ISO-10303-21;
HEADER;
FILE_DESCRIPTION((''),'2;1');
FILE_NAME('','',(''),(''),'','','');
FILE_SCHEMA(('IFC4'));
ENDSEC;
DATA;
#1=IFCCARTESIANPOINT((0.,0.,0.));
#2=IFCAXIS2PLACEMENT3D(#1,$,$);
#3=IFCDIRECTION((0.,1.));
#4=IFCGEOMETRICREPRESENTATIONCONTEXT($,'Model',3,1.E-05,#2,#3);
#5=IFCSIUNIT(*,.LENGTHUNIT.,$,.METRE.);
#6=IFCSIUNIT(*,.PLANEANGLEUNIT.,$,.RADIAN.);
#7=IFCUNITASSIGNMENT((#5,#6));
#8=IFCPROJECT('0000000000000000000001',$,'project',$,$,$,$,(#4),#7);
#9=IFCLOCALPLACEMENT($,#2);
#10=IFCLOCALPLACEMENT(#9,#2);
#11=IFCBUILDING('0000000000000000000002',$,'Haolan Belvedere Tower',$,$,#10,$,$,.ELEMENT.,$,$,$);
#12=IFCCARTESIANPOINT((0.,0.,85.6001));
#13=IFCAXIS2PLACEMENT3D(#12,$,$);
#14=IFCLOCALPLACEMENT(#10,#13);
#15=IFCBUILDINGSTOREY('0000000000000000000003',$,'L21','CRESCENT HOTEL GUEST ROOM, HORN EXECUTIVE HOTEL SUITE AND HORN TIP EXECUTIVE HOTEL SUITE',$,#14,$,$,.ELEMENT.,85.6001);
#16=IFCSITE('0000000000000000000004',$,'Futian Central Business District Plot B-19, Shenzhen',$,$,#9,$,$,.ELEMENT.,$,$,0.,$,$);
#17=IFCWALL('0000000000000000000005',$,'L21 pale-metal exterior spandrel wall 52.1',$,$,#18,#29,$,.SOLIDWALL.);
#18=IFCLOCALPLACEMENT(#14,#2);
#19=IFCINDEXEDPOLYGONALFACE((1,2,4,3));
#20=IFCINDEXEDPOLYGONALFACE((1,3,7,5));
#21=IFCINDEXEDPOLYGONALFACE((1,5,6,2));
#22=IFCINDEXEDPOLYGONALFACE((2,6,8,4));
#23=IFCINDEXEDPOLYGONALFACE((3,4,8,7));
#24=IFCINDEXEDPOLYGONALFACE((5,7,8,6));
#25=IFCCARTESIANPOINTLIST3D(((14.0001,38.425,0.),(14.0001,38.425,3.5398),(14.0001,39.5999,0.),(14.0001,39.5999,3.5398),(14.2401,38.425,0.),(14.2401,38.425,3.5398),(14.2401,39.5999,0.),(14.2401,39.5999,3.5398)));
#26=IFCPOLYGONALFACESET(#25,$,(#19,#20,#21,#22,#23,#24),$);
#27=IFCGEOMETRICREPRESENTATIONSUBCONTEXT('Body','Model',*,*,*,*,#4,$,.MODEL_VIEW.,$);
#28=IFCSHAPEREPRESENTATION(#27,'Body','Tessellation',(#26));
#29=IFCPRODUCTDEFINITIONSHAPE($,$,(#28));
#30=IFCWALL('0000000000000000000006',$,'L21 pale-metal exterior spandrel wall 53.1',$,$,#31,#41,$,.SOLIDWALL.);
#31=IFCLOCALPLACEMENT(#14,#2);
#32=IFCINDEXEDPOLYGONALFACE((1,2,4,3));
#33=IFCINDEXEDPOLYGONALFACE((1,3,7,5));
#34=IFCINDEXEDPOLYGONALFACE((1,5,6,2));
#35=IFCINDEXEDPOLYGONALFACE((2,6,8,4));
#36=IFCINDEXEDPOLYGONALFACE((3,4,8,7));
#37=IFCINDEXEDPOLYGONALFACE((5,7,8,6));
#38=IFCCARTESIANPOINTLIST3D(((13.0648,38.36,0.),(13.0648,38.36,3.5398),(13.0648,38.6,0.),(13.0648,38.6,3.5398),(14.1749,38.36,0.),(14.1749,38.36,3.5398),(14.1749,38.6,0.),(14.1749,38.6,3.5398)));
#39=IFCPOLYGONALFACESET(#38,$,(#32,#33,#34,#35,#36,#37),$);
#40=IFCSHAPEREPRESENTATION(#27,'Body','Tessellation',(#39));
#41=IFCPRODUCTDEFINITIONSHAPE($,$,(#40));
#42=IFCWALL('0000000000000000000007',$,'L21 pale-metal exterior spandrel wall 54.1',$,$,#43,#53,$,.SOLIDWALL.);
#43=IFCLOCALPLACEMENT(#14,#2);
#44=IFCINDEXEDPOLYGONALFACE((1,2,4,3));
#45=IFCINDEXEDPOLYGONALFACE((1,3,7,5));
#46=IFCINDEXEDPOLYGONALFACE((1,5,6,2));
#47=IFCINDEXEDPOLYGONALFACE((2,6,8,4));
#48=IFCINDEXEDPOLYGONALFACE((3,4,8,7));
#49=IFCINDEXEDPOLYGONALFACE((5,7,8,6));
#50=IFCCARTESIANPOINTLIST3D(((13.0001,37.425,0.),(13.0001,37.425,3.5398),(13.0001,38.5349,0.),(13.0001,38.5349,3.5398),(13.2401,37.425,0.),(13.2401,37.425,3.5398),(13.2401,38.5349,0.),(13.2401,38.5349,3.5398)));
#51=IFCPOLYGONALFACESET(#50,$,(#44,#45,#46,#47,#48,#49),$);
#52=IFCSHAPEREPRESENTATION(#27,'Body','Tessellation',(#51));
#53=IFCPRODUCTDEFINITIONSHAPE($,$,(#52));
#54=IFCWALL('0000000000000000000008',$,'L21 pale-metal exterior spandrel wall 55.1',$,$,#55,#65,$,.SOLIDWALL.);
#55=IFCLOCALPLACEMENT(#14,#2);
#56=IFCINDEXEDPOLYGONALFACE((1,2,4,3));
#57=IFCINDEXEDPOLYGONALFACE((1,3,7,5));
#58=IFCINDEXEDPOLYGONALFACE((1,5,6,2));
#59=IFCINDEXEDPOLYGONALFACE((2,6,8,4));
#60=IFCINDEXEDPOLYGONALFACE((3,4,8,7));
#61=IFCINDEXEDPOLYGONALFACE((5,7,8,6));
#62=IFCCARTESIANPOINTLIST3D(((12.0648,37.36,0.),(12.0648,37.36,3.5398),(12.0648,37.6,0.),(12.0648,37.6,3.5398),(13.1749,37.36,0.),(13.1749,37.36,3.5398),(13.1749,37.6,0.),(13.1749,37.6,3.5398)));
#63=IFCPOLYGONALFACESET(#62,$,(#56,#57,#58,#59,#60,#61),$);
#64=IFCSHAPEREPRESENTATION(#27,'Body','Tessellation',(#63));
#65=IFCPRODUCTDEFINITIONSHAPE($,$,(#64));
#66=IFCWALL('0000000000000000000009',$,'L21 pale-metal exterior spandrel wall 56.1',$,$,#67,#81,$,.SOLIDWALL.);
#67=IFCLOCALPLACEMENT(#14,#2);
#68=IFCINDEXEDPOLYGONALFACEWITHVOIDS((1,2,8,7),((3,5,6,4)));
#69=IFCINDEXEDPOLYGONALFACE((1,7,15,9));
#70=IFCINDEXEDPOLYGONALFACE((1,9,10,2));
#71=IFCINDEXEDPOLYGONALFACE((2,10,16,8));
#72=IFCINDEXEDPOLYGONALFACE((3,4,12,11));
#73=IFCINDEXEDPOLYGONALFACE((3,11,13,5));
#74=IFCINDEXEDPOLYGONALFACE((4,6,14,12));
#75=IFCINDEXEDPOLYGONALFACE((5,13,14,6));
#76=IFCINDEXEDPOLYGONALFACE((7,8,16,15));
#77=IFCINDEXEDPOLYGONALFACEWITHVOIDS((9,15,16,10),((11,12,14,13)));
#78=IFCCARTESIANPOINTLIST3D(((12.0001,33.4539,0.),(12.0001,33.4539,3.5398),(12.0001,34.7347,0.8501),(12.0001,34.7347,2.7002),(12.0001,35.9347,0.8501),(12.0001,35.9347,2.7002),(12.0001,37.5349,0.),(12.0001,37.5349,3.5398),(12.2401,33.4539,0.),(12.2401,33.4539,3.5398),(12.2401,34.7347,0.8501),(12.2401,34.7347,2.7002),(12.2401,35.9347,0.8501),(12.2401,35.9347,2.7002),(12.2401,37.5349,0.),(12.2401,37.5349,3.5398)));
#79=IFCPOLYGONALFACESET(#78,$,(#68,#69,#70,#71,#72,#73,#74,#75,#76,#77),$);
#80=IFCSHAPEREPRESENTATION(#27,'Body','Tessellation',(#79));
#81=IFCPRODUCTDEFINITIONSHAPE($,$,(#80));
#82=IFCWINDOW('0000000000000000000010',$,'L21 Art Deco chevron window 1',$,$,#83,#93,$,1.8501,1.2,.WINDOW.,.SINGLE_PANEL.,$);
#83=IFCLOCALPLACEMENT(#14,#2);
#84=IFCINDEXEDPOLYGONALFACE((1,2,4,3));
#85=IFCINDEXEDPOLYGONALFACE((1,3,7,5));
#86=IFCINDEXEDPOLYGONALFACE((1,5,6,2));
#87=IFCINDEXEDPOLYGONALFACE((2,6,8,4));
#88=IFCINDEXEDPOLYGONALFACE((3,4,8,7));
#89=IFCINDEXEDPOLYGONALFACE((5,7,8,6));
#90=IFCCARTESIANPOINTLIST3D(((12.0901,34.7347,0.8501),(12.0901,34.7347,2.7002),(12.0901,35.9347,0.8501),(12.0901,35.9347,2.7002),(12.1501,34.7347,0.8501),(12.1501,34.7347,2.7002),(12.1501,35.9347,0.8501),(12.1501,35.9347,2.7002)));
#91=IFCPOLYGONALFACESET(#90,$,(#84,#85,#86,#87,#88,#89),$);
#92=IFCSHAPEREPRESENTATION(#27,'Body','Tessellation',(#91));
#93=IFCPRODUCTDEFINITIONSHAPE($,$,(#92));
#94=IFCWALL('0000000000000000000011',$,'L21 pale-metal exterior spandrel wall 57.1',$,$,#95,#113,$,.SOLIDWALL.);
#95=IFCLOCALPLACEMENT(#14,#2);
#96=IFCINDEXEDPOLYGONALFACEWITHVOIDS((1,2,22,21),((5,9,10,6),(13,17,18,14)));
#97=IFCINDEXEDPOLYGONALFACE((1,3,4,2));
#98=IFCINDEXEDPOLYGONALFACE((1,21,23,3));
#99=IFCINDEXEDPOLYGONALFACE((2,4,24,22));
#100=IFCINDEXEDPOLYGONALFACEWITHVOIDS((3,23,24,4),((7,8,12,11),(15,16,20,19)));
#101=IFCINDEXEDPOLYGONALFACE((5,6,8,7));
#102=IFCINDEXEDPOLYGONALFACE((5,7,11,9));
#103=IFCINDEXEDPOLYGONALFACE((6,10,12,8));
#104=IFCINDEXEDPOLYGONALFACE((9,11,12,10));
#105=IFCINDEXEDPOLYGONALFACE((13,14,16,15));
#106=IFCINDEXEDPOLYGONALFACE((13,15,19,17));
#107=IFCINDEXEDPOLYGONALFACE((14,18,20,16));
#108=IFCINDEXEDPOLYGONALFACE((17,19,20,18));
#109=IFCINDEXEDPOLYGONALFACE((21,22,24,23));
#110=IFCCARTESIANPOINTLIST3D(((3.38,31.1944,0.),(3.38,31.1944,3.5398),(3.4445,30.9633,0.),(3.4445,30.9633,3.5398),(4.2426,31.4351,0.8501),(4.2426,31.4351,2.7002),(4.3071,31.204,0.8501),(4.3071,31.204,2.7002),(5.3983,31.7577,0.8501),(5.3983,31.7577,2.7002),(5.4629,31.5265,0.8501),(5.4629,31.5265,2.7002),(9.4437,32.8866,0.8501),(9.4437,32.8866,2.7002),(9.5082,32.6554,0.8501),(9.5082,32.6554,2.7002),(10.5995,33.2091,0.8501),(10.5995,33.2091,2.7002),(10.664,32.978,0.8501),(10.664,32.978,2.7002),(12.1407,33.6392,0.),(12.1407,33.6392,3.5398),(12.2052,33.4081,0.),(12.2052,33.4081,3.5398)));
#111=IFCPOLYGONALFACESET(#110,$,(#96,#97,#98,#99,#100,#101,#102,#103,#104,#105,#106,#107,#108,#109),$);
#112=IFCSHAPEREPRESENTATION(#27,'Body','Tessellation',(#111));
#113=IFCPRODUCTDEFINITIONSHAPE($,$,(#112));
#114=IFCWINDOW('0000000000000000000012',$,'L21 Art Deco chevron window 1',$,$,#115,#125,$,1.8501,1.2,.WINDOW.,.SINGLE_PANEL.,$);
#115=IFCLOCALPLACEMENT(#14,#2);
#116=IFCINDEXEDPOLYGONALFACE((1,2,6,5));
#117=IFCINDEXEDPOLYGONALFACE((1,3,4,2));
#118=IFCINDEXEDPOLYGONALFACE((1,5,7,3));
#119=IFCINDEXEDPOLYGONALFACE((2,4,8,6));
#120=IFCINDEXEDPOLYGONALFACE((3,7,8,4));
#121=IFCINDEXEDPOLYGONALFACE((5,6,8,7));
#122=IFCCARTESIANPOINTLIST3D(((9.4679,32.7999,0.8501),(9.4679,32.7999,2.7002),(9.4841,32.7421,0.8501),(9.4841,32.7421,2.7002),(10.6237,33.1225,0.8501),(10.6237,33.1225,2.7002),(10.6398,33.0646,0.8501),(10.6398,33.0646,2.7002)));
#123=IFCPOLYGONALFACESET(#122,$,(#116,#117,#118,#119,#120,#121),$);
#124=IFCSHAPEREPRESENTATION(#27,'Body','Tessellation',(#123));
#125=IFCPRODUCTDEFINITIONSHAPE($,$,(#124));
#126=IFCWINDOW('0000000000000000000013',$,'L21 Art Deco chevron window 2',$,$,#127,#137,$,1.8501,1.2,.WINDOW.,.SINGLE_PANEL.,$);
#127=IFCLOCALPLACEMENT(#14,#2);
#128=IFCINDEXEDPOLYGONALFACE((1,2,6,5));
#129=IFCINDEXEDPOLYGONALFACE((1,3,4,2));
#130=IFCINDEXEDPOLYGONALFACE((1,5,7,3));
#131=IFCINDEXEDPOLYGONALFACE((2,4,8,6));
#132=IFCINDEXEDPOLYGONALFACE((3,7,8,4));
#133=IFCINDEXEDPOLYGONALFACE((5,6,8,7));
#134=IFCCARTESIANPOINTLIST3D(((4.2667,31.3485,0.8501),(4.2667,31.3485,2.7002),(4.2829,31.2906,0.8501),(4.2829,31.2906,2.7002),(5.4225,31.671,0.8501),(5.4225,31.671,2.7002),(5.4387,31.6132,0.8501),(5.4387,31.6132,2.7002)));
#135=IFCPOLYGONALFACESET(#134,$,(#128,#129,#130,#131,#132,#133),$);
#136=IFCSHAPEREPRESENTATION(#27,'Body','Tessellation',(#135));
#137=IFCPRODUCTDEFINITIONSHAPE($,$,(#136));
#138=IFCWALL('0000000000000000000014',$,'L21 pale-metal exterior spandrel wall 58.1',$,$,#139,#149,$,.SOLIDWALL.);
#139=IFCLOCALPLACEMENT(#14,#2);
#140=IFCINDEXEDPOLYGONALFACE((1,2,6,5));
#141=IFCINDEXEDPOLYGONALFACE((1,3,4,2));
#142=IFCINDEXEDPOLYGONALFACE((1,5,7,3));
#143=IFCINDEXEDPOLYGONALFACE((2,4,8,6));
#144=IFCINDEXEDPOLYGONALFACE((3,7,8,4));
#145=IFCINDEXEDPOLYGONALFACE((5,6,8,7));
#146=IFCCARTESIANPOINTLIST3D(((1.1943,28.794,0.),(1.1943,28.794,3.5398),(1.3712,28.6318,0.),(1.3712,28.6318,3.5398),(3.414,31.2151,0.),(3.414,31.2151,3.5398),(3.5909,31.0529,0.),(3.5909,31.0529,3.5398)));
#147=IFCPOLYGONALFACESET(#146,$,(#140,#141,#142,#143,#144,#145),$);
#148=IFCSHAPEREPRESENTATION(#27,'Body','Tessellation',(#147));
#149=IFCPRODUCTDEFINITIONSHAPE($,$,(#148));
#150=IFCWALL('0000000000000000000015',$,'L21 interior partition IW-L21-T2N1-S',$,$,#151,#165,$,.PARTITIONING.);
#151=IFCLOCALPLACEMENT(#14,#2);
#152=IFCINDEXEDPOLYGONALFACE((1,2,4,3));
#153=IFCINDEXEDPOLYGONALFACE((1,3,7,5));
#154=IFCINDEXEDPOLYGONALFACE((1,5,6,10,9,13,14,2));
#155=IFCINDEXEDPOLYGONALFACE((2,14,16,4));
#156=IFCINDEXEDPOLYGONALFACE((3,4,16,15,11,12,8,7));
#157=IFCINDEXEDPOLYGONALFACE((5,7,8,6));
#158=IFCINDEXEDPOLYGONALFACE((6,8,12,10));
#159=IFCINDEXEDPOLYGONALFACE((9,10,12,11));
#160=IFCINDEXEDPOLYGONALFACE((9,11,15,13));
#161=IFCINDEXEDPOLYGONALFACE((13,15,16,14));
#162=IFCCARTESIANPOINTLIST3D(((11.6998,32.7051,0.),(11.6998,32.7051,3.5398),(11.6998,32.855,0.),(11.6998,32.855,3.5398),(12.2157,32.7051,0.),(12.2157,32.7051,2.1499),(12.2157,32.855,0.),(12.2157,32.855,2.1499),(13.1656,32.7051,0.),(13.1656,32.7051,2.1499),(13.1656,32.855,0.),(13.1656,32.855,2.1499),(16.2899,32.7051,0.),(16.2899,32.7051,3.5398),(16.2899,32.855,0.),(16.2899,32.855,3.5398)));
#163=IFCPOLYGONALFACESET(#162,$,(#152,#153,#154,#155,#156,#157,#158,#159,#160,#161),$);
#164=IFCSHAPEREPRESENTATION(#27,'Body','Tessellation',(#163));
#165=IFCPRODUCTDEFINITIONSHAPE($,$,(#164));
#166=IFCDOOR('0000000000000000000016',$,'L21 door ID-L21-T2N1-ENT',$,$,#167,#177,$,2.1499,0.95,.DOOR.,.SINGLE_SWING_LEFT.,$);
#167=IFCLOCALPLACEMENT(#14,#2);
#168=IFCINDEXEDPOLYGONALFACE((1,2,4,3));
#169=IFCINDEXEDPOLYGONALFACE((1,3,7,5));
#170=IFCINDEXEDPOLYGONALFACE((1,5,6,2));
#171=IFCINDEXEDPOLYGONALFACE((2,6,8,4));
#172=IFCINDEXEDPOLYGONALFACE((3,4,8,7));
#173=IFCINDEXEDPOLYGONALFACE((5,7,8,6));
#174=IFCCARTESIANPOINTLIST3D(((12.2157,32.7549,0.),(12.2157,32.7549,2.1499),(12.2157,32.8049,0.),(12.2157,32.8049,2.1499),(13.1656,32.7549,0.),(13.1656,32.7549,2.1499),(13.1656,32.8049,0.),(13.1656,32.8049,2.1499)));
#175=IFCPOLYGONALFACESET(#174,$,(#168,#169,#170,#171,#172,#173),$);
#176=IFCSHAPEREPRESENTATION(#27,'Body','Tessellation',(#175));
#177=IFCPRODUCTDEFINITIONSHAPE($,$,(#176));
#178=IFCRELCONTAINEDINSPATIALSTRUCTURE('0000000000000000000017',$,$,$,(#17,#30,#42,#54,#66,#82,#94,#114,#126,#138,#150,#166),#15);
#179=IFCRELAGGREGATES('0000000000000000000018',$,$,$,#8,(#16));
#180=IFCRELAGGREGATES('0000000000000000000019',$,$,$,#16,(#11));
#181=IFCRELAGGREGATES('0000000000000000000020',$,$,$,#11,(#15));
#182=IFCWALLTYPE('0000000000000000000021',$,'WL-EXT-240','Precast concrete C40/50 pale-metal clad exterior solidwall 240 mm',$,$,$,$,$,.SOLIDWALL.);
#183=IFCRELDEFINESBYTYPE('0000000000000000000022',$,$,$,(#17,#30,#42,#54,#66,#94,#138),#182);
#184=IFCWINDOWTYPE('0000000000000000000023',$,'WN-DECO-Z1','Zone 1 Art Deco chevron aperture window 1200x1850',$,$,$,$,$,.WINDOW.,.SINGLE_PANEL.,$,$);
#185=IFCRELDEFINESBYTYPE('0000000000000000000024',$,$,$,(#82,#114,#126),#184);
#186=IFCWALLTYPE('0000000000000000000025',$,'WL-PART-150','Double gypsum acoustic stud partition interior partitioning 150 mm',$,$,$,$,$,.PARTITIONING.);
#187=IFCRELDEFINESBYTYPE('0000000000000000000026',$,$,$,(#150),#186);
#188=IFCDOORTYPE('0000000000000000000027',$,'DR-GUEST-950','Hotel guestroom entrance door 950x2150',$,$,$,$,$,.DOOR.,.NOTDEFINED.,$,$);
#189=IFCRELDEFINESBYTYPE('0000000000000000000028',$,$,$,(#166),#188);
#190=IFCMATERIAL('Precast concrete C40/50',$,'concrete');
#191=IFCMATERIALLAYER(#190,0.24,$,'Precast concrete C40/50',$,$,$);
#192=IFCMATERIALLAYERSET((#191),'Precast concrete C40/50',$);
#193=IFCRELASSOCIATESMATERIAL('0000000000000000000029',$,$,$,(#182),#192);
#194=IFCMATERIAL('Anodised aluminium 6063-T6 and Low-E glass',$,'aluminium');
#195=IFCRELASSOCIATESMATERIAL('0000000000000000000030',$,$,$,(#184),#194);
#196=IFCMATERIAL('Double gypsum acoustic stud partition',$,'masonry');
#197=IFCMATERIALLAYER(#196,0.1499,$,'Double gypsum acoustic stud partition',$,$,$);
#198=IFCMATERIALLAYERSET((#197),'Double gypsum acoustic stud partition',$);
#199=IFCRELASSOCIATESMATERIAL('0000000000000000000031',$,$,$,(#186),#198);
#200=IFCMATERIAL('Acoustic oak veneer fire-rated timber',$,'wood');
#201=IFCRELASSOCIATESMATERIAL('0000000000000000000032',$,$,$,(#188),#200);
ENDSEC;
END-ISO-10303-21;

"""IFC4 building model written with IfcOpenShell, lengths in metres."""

from ifc_helpers import new_model, si_unit, direction, frame, frame_2d, origin, place, context, subcontext, project, spatial, rectangle, extrude, material, layer, layer_set, type_object, element, fill, save


model = new_model("IFC4")

# Units and contexts
model_context = context("Model", 3, precision=1e-05, world=origin(), true_north=direction((0.0, 1.0)))
body_context = subcontext(model_context, "Body", "Model", "MODEL_VIEW")
ifc_project = project(units=[si_unit("LENGTHUNIT", "METRE"), si_unit("PLANEANGLEUNIT", "RADIAN")], contexts=[model_context])

# Site, building, storey
site_placement = place(None, origin())
site = spatial("IfcSite", under=ifc_project, at=site_placement, Name="Futian Central Business District Plot B-19, Shenzhen", CompositionType="ELEMENT", RefElevation=0.0)
building_placement = place(site_placement, origin())
building = spatial("IfcBuilding", under=site, at=building_placement, Name="Haolan Belvedere Tower", CompositionType="ELEMENT")
storey_placement = place(building_placement, frame((0.0, 0.0, 85.6001)))
storey = spatial("IfcBuildingStorey", under=building, at=storey_placement, Name="L21", Description="CRESCENT HOTEL GUEST ROOM, HORN EXECUTIVE HOTEL SUITE AND HORN TIP EXECUTIVE HOTEL SUITE", CompositionType="ELEMENT", Elevation=85.6001)

# Walls
ifc_material_1 = material(Name="Precast concrete C40/50", Category="concrete")
ifc_layer_1 = layer(ifc_material_1, 0.24, Name="Precast concrete C40/50")
ifc_layer_set_1 = layer_set([ifc_layer_1], Name="Precast concrete C40/50")
wall_type_1 = type_object("IfcWallType", Name="WL-EXT-240", Description="Precast concrete C40/50 pale-metal clad exterior solidwall 240 mm", PredefinedType="SOLIDWALL", material=ifc_layer_set_1)
wall_1_placement = place(storey_placement, frame((14.1201, 39.5999, 0.0), z_axis=(0.0, 0.0, 1.0), x_axis=(0.0, -1.0, 0.0)))
element("IfcWall", 1, at=wall_1_placement, inside=storey, type_object=wall_type_1, Name="L21 pale-metal exterior spandrel wall 52.1", PredefinedType="SOLIDWALL", context=body_context, shape_type="SweptSolid", body=[
    extrude(rectangle(XDim=1.1748, YDim=0.24, at=frame_2d((0.5874, 0.0))), origin(), (0.0, 0.0, 1.0), 3.5398),
])
wall_2_placement = place(storey_placement, frame((14.175, 38.48, 0.0), z_axis=(0.0, 0.0, 1.0), x_axis=(-1.0, 0.0, 0.0)))
element("IfcWall", 2, at=wall_2_placement, inside=storey, type_object=wall_type_1, Name="L21 pale-metal exterior spandrel wall 53.1", PredefinedType="SOLIDWALL", context=body_context, shape_type="SweptSolid", body=[
    extrude(rectangle(XDim=1.1101, YDim=0.24, at=frame_2d((0.5552, 0.0))), origin(), (0.0, 0.0, 1.0), 3.5398),
])
wall_3_placement = place(storey_placement, frame((13.1201, 38.5349, 0.0), z_axis=(0.0, 0.0, 1.0), x_axis=(0.0, -1.0, 0.0)))
element("IfcWall", 3, at=wall_3_placement, inside=storey, type_object=wall_type_1, Name="L21 pale-metal exterior spandrel wall 54.1", PredefinedType="SOLIDWALL", context=body_context, shape_type="SweptSolid", body=[
    extrude(rectangle(XDim=1.1099, YDim=0.24, at=frame_2d((0.5549, 0.0))), origin(), (0.0, 0.0, 1.0), 3.5398),
])
wall_4_placement = place(storey_placement, frame((13.175, 37.48, 0.0), z_axis=(0.0, 0.0, 1.0), x_axis=(-1.0, 0.0, 0.0)))
element("IfcWall", 4, at=wall_4_placement, inside=storey, type_object=wall_type_1, Name="L21 pale-metal exterior spandrel wall 55.1", PredefinedType="SOLIDWALL", context=body_context, shape_type="SweptSolid", body=[
    extrude(rectangle(XDim=1.1101, YDim=0.24, at=frame_2d((0.5552, 0.0))), origin(), (0.0, 0.0, 1.0), 3.5398),
])

# Wall, opening, window
wall_5_placement = place(storey_placement, frame((12.1201, 37.5349, 0.0), z_axis=(0.0, 0.0, 1.0), x_axis=(0.0, -1.0, 0.0)))
wall_5 = element("IfcWall", 5, at=wall_5_placement, inside=storey, type_object=wall_type_1, Name="L21 pale-metal exterior spandrel wall 56.1", PredefinedType="SOLIDWALL", context=body_context, shape_type="SweptSolid", body=[
    extrude(rectangle(XDim=4.0811, YDim=0.24, at=frame_2d((2.0405, 0.0))), origin(), (0.0, 0.0, 1.0), 3.5398),
])
opening_1_placement = place(wall_5_placement, frame((1.6001, 0.0, 0.8501)))
opening_1 = element("IfcOpeningElement", 6, at=opening_1_placement, cuts=wall_5, PredefinedType="OPENING", context=body_context, shape_type="SweptSolid", body=[
    extrude(rectangle(XDim=1.2, YDim=1.8501, at=frame_2d((0.6001, 0.925))), frame((0.0, 0.1299, 0.0), z_axis=(0.0, -1.0, 0.0), x_axis=(1.0, 0.0, 0.0)), (0.0, 0.0, 1.0), 0.26),
])
ifc_material_2 = material(Name="Anodised aluminium 6063-T6 and Low-E glass", Category="aluminium")
window_type = type_object("IfcWindowType", Name="WN-DECO-Z1", Description="Zone 1 Art Deco chevron aperture window 1200x1850", PartitioningType="SINGLE_PANEL", PredefinedType="WINDOW", material=ifc_material_2)
window_1_placement = place(opening_1_placement, origin())
window_1 = element("IfcWindow", 7, at=window_1_placement, inside=storey, type_object=window_type, Name="L21 Art Deco chevron window 1", OverallHeight=1.8501, OverallWidth=1.2, PartitioningType="SINGLE_PANEL", PredefinedType="WINDOW", context=body_context, shape_type="SweptSolid", body=[
    extrude(rectangle(XDim=1.2, YDim=1.8501, at=frame_2d((0.6001, 0.925))), frame((0.0, 0.03, 0.0), z_axis=(0.0, -1.0, 0.0), x_axis=(1.0, 0.0, 0.0)), (0.0, 0.0, 1.0), 0.0601),
])
fill(opening_1, window_1)

# Wall, openings, windows
wall_6_placement = place(storey_placement, frame((12.1731, 33.5237, 0.0), z_axis=(0.0, 0.0, 1.0), x_axis=(-0.963197, -0.268795, 0.0)))
wall_6 = element("IfcWall", 8, at=wall_6_placement, inside=storey, type_object=wall_type_1, Name="L21 pale-metal exterior spandrel wall 57.1", PredefinedType="SOLIDWALL", context=body_context, shape_type="SweptSolid", body=[
    extrude(rectangle(XDim=9.0955, YDim=0.24, at=frame_2d((4.5479, 0.0))), origin(), (0.0, 0.0, 1.0), 3.5398),
])
opening_2_placement = place(wall_6_placement, frame((1.6001, 0.0, 0.8501)))
opening_2 = element("IfcOpeningElement", 9, at=opening_2_placement, cuts=wall_6, PredefinedType="OPENING", context=body_context, shape_type="SweptSolid", body=[
    extrude(rectangle(XDim=1.2, YDim=1.8501, at=frame_2d((0.6001, 0.925))), frame((0.0, 0.1299, 0.0), z_axis=(0.0, -1.0, 0.0), x_axis=(1.0, 0.0, 0.0)), (0.0, 0.0, 1.0), 0.26),
])
opening_3_placement = place(wall_6_placement, frame((7.0, 0.0, 0.8501)))
opening_3 = element("IfcOpeningElement", 10, at=opening_3_placement, cuts=wall_6, PredefinedType="OPENING", context=body_context, shape_type="SweptSolid", body=[
    extrude(rectangle(XDim=1.2, YDim=1.8501, at=frame_2d((0.6001, 0.925))), frame((0.0, 0.1299, 0.0), z_axis=(0.0, -1.0, 0.0), x_axis=(1.0, 0.0, 0.0)), (0.0, 0.0, 1.0), 0.26),
])
window_2_placement = place(opening_2_placement, origin())
window_2 = element("IfcWindow", 11, at=window_2_placement, inside=storey, type_object=window_type, Name="L21 Art Deco chevron window 1", OverallHeight=1.8501, OverallWidth=1.2, PartitioningType="SINGLE_PANEL", PredefinedType="WINDOW", context=body_context, shape_type="SweptSolid", body=[
    extrude(rectangle(XDim=1.2, YDim=1.8501, at=frame_2d((0.6001, 0.925))), frame((0.0, 0.03, 0.0), z_axis=(0.0, -1.0, 0.0), x_axis=(1.0, 0.0, 0.0)), (0.0, 0.0, 1.0), 0.0601),
])
fill(opening_2, window_2)
window_3_placement = place(opening_3_placement, origin())
window_3 = element("IfcWindow", 12, at=window_3_placement, inside=storey, type_object=window_type, Name="L21 Art Deco chevron window 2", OverallHeight=1.8501, OverallWidth=1.2, PartitioningType="SINGLE_PANEL", PredefinedType="WINDOW", context=body_context, shape_type="SweptSolid", body=[
    extrude(rectangle(XDim=1.2, YDim=1.8501, at=frame_2d((0.6001, 0.925))), frame((0.0, 0.03, 0.0), z_axis=(0.0, -1.0, 0.0), x_axis=(1.0, 0.0, 0.0)), (0.0, 0.0, 1.0), 0.0601),
])
fill(opening_3, window_3)

# Wall
wall_7_placement = place(storey_placement, frame((3.5024, 31.134, 0.0), z_axis=(0.0, 0.0, 1.0), x_axis=(-0.675782, -0.737102, 0.0)))
element("IfcWall", 13, at=wall_7_placement, inside=storey, type_object=wall_type_1, Name="L21 pale-metal exterior spandrel wall 58.1", PredefinedType="SOLIDWALL", context=body_context, shape_type="SweptSolid", body=[
    extrude(rectangle(XDim=3.2847, YDim=0.24, at=frame_2d((1.6423, 0.0))), origin(), (0.0, 0.0, 1.0), 3.5398),
])

# Wall, opening, door
ifc_material_3 = material(Name="Double gypsum acoustic stud partition", Category="masonry")
ifc_layer_2 = layer(ifc_material_3, 0.1499, Name="Double gypsum acoustic stud partition")
ifc_layer_set_2 = layer_set([ifc_layer_2], Name="Double gypsum acoustic stud partition")
wall_type_2 = type_object("IfcWallType", Name="WL-PART-150", Description="Double gypsum acoustic stud partition interior partitioning 150 mm", PredefinedType="PARTITIONING", material=ifc_layer_set_2)
wall_8_placement = place(storey_placement, frame((11.7, 32.78, 0.0), z_axis=(0.0, 0.0, 1.0), x_axis=(1.0, 0.0, 0.0)))
wall_8 = element("IfcWall", 14, at=wall_8_placement, inside=storey, type_object=wall_type_2, Name="L21 interior partition IW-L21-T2N1-S", PredefinedType="PARTITIONING", context=body_context, shape_type="SweptSolid", body=[
    extrude(rectangle(XDim=4.5901, YDim=0.1499, at=frame_2d((2.2949, 0.0))), origin(), (0.0, 0.0, 1.0), 3.5398),
])
opening_4_placement = place(wall_8_placement, frame((0.5156, 0.0, 0.0)))
opening_4 = element("IfcOpeningElement", 15, at=opening_4_placement, cuts=wall_8, PredefinedType="OPENING", context=body_context, shape_type="SweptSolid", body=[
    extrude(rectangle(XDim=0.95, YDim=2.1499, at=frame_2d((0.4751, 1.075))), frame((0.0, 0.085, 0.0), z_axis=(0.0, -1.0, 0.0), x_axis=(1.0, 0.0, 0.0)), (0.0, 0.0, 1.0), 0.1699),
])
ifc_material_4 = material(Name="Acoustic oak veneer fire-rated timber", Category="wood")
door_type_1 = type_object("IfcDoorType", Name="DR-GUEST-950", Description="Hotel guestroom entrance door 950x2150", OperationType="NOTDEFINED", PredefinedType="DOOR", material=ifc_material_4)
door_1_placement = place(opening_4_placement, origin())
door_1 = element("IfcDoor", 16, at=door_1_placement, inside=storey, type_object=door_type_1, Name="L21 door ID-L21-T2N1-ENT", OperationType="SINGLE_SWING_LEFT", OverallHeight=2.1499, OverallWidth=0.95, PredefinedType="DOOR", context=body_context, shape_type="SweptSolid", body=[
    extrude(rectangle(XDim=0.95, YDim=2.1499, at=frame_2d((0.4751, 1.075))), frame((0.0, 0.0249, 0.0), z_axis=(0.0, -1.0, 0.0), x_axis=(1.0, 0.0, 0.0)), (0.0, 0.0, 1.0), 0.05),
])
fill(opening_4, door_1)

save(model, "model.ifc")
